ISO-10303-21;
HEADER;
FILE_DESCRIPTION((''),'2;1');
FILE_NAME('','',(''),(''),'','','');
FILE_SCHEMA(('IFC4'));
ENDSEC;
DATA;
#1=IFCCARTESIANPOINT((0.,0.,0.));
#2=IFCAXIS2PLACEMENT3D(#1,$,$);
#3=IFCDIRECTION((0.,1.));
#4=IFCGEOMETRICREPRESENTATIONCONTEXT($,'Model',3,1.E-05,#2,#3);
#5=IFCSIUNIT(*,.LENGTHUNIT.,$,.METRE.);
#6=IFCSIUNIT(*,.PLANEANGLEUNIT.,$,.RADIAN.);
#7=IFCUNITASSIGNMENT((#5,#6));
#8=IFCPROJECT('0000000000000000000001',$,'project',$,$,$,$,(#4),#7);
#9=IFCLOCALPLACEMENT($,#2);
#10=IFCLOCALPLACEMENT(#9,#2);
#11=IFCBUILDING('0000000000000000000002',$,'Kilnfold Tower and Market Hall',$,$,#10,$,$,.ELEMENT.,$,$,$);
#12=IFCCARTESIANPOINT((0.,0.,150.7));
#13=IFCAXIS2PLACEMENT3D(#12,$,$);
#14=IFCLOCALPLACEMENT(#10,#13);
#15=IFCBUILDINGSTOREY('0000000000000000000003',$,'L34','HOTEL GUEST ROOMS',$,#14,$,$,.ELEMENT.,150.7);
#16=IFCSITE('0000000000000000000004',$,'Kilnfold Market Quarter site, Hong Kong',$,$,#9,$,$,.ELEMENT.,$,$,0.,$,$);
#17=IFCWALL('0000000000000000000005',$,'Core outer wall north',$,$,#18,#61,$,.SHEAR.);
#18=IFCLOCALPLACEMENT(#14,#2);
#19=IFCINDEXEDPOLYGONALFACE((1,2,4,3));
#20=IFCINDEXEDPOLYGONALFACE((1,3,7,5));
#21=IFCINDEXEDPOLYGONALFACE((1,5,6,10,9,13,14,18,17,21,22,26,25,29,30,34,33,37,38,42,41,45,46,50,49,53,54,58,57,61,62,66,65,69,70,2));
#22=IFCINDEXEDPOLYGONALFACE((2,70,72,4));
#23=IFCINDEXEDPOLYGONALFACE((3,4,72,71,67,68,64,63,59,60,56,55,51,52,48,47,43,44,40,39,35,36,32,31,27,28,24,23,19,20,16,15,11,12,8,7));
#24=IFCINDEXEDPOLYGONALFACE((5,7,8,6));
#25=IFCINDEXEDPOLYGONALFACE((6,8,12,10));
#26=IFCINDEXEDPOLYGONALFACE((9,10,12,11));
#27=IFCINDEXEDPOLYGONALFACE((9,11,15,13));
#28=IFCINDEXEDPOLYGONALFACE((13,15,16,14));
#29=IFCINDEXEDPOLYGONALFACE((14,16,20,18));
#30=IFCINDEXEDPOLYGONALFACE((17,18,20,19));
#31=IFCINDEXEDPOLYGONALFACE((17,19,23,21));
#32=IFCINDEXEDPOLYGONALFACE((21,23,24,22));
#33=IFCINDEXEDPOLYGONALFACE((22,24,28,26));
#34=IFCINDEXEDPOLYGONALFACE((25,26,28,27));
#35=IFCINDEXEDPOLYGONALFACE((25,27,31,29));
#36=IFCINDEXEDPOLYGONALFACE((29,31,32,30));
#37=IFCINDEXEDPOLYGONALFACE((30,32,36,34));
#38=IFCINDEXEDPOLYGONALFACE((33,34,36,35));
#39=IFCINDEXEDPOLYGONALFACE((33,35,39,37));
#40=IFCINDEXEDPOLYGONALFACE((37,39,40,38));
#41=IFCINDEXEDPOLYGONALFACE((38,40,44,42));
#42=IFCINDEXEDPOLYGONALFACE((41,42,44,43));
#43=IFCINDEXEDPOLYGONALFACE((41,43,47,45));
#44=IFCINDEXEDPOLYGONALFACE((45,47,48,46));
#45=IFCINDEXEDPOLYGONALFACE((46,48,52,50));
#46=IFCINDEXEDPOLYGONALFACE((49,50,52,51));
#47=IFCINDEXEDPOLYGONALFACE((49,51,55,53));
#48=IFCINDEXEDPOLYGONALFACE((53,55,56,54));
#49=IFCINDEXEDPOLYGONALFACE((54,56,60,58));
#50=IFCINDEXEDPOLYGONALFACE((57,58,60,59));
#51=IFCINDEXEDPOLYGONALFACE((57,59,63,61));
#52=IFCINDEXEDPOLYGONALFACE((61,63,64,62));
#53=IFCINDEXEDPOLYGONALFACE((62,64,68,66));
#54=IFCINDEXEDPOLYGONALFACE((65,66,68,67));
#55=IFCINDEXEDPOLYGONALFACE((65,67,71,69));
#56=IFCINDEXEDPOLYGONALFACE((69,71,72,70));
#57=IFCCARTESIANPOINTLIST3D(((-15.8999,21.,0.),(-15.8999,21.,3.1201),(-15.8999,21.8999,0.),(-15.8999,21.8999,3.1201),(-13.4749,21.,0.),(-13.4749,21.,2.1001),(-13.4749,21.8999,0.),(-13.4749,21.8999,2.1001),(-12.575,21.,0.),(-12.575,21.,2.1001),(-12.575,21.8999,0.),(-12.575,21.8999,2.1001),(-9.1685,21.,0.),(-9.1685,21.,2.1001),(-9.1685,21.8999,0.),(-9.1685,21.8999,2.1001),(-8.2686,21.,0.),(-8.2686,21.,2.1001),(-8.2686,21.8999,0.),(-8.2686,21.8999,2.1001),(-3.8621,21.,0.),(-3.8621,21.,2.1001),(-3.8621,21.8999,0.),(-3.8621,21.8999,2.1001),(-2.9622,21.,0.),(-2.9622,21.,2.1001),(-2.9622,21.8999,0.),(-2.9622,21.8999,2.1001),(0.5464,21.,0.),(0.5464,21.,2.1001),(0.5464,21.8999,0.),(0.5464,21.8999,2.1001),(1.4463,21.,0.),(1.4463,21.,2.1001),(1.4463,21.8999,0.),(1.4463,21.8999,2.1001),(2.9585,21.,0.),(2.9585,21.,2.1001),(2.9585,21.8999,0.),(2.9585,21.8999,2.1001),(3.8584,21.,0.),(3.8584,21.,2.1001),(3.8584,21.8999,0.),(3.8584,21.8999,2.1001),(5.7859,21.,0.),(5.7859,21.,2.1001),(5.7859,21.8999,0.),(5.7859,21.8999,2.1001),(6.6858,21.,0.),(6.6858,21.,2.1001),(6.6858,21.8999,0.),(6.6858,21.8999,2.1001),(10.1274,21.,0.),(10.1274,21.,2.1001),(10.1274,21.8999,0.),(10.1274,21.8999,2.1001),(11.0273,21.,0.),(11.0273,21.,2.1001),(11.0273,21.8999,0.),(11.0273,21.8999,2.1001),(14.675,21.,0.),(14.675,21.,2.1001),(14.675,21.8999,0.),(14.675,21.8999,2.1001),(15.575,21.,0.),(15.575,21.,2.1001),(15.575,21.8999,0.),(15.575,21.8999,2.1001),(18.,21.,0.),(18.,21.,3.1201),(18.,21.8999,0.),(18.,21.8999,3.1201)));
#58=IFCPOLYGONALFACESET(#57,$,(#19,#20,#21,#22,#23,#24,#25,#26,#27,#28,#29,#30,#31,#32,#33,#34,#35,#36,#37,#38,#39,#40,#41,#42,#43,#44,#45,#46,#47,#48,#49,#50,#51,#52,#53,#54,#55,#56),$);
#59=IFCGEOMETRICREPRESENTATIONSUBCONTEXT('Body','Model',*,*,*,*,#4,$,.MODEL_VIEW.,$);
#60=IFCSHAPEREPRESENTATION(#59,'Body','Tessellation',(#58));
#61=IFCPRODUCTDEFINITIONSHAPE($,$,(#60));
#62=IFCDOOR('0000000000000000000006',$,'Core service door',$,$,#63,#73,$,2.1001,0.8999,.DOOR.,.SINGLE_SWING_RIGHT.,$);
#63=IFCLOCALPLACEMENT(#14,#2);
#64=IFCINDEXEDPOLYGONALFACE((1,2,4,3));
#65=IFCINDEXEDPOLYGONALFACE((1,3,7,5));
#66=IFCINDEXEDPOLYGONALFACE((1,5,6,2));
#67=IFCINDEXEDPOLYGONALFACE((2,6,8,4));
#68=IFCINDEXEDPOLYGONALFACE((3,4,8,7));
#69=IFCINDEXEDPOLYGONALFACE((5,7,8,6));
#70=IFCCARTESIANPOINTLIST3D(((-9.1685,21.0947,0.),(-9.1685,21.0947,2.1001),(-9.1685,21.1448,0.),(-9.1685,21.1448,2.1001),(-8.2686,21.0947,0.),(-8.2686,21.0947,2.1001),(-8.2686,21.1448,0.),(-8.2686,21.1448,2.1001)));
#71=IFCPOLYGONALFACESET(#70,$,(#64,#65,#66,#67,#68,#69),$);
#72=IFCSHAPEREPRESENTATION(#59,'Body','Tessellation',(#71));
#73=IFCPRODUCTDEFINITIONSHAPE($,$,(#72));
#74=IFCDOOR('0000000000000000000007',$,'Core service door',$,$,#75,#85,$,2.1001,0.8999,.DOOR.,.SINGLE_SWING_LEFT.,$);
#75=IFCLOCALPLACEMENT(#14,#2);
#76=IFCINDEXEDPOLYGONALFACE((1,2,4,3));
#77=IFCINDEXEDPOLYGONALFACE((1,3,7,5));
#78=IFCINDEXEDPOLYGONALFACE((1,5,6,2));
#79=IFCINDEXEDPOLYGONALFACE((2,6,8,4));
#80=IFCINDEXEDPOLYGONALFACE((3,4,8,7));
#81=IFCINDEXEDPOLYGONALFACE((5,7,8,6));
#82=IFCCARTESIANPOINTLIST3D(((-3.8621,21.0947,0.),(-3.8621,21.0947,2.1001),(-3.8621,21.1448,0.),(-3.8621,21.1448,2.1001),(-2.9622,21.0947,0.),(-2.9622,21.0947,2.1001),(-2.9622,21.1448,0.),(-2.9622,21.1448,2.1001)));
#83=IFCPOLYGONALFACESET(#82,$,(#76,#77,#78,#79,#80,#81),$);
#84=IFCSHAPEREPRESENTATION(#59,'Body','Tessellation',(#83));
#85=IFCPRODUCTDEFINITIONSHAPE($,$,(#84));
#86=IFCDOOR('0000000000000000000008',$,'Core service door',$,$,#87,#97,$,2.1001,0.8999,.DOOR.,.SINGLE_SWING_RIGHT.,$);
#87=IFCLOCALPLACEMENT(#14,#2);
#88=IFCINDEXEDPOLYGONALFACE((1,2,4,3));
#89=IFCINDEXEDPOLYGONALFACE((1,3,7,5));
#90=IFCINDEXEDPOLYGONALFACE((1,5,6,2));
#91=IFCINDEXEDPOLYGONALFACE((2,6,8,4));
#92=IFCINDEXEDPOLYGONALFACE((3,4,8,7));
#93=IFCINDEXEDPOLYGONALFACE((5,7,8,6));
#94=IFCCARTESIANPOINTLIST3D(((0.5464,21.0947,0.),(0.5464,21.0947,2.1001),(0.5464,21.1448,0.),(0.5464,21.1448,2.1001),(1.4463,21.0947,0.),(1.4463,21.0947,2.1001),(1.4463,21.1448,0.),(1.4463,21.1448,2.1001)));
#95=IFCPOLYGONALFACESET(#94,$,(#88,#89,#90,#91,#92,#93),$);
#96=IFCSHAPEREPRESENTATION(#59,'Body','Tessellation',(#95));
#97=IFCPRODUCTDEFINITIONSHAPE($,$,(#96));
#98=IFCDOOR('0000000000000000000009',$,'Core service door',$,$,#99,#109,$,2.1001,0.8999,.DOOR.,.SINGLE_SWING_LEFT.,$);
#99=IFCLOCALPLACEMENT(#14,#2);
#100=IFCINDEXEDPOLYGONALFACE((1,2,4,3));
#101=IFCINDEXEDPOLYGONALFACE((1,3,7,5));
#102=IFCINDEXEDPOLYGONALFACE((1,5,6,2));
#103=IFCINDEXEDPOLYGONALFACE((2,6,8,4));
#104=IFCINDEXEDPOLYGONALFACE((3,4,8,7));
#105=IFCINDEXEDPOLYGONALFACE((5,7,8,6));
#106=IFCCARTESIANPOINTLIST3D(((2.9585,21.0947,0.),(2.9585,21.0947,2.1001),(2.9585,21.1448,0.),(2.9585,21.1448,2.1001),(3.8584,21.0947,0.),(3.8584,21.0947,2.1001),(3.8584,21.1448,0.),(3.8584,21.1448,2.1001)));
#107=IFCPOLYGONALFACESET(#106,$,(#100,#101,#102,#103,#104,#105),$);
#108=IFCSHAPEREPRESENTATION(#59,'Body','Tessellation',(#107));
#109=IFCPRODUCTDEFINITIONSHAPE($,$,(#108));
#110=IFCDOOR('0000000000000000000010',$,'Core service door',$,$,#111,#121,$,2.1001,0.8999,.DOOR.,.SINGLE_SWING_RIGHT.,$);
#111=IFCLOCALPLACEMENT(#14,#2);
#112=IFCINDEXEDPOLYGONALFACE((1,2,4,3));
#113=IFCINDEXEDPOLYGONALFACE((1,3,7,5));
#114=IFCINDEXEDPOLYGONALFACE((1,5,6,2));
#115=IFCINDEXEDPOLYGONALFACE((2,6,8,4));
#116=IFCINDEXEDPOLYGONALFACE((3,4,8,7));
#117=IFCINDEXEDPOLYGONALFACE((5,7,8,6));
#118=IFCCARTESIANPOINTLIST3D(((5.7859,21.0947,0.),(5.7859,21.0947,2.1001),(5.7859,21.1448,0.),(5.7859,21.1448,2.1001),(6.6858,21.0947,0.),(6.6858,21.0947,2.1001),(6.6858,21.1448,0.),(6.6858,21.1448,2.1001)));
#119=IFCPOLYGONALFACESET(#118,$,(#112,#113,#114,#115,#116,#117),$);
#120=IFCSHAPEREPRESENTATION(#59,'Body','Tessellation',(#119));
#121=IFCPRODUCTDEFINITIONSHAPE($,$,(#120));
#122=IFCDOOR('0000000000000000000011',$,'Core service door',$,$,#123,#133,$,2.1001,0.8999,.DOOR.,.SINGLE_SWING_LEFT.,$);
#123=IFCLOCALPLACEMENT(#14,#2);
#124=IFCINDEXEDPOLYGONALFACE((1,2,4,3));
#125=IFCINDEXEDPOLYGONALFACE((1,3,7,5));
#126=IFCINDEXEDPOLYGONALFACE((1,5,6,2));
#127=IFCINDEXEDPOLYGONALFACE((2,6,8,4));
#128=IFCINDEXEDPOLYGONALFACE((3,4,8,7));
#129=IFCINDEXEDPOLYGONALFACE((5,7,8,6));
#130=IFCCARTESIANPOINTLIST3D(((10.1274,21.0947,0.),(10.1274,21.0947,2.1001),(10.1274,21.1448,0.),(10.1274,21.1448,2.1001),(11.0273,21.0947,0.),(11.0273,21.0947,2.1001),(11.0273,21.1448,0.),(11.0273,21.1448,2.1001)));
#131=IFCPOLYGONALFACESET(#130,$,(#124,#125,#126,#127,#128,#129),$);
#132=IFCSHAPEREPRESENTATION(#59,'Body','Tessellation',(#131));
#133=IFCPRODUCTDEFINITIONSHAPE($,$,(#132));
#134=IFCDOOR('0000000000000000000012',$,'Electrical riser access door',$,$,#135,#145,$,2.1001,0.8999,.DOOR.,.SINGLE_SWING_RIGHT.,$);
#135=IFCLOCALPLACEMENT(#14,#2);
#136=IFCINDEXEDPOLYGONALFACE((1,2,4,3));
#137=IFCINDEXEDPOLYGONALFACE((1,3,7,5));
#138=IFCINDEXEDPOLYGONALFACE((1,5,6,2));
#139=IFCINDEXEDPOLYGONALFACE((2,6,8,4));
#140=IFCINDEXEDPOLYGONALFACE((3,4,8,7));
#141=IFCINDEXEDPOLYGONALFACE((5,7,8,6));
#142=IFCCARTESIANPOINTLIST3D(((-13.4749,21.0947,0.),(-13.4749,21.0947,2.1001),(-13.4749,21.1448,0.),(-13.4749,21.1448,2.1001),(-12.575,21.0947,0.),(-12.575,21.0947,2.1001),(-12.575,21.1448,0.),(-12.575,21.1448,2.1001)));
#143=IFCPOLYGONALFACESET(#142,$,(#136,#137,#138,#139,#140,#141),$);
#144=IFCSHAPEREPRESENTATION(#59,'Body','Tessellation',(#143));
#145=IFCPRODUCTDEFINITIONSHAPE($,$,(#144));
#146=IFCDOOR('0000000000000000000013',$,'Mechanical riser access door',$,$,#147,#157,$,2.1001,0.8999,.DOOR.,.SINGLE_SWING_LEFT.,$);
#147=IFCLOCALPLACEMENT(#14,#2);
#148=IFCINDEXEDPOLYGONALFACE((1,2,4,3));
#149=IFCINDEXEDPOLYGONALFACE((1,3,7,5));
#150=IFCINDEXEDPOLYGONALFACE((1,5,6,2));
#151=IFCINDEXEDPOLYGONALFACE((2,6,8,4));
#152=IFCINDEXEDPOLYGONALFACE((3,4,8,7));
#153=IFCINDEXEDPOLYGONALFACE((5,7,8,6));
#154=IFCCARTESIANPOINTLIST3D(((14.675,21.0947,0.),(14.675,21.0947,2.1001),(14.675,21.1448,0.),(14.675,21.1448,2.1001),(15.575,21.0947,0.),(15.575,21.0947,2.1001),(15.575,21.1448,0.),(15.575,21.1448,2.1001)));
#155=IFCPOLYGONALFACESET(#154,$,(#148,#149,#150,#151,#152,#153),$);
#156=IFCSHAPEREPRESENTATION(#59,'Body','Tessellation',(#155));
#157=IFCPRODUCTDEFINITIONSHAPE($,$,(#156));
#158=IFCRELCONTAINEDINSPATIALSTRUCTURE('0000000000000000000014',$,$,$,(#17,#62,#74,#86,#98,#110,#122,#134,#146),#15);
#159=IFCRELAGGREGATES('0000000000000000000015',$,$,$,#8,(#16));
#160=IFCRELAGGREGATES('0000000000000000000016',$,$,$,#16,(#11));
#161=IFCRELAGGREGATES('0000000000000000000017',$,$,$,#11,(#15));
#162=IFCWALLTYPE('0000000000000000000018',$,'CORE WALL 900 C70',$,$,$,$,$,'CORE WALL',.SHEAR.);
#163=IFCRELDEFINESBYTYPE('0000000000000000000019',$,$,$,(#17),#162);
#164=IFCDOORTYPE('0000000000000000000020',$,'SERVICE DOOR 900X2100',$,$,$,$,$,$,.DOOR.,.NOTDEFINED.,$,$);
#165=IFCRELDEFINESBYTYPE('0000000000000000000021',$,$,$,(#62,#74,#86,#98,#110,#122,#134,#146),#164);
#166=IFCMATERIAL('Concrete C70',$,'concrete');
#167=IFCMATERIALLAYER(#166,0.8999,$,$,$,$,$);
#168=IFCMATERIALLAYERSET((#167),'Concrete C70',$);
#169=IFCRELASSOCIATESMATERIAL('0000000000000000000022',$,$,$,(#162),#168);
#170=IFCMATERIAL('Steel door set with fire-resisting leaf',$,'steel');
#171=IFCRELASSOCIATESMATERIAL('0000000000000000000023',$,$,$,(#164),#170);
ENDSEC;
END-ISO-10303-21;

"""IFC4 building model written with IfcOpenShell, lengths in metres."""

from ifc_helpers import new_model, si_unit, direction, frame, frame_2d, origin, place, context, subcontext, project, spatial, rectangle, extrude, source, transform, mapped, material, layer, layer_set, type_object, element, fill, save


model = new_model("IFC4")

# Units and contexts
model_context = context("Model", 3, precision=1e-05, world=origin(), true_north=direction((0.0, 1.0)))
body_context = subcontext(model_context, "Body", "Model", "MODEL_VIEW")
ifc_project = project(units=[si_unit("LENGTHUNIT", "METRE"), si_unit("PLANEANGLEUNIT", "RADIAN")], contexts=[model_context])

# Site, building, storey
site_placement = place(None, origin())
site = spatial("IfcSite", under=ifc_project, at=site_placement, Name="Kilnfold Market Quarter site, Hong Kong", CompositionType="ELEMENT", RefElevation=0.0)
building_placement = place(site_placement, origin())
building = spatial("IfcBuilding", under=site, at=building_placement, Name="Kilnfold Tower and Market Hall", CompositionType="ELEMENT")
storey_placement = place(building_placement, frame((0.0, 0.0, 150.7)))
storey = spatial("IfcBuildingStorey", under=building, at=storey_placement, Name="L34", Description="HOTEL GUEST ROOMS", CompositionType="ELEMENT", Elevation=150.7)

# Wall, openings, doors
ifc_material_1 = material(Name="Concrete C70", Category="concrete")
ifc_layer_1 = layer(ifc_material_1, 0.8999)
ifc_layer_set_1 = layer_set([ifc_layer_1], Name="Concrete C70")
wall_type_1 = type_object("IfcWallType", Name="CORE WALL 900 C70", ElementType="CORE WALL", PredefinedType="SHEAR", material=ifc_layer_set_1)
shared_shape_1 = source(origin(), body_context, "Body", "SweptSolid", [
    extrude(rectangle(XDim=33.8999, YDim=0.8999, at=frame_2d((16.95, 0.0))), origin(), (0.0, 0.0, 1.0), 3.1201),
])
wall_1_placement = place(storey_placement, frame((-15.8999, 21.45, 0.0), z_axis=(0.0, 0.0, 1.0), x_axis=(1.0, 0.0, 0.0)))
wall_1 = element("IfcWall", 1, at=wall_1_placement, inside=storey, type_object=wall_type_1, Name="Core outer wall north", PredefinedType="SHEAR", context=body_context, shape_type="MappedRepresentation", body=[
    mapped(shared_shape_1, transform((0.0, 0.0, 0.0))),
])
opening_1_placement = place(wall_1_placement, frame((6.7314, 0.0, 0.0)))
opening_1 = element("IfcOpeningElement", 2, at=opening_1_placement, cuts=wall_1, PredefinedType="OPENING", context=body_context, shape_type="SweptSolid", body=[
    extrude(rectangle(XDim=0.8999, YDim=2.1001, at=frame_2d((0.45, 1.05))), frame((0.0, 0.46, 0.0), z_axis=(0.0, -1.0, 0.0), x_axis=(1.0, 0.0, 0.0)), (0.0, 0.0, 1.0), 0.9199),
])
opening_2_placement = place(wall_1_placement, frame((12.0378, 0.0, 0.0)))
opening_2 = element("IfcOpeningElement", 3, at=opening_2_placement, cuts=wall_1, PredefinedType="OPENING", context=body_context, shape_type="SweptSolid", body=[
    extrude(rectangle(XDim=0.8999, YDim=2.1001, at=frame_2d((0.45, 1.05))), frame((0.0, 0.46, 0.0), z_axis=(0.0, -1.0, 0.0), x_axis=(1.0, 0.0, 0.0)), (0.0, 0.0, 1.0), 0.9199),
])
opening_3_placement = place(wall_1_placement, frame((16.4463, 0.0, 0.0)))
opening_3 = element("IfcOpeningElement", 4, at=opening_3_placement, cuts=wall_1, PredefinedType="OPENING", context=body_context, shape_type="SweptSolid", body=[
    extrude(rectangle(XDim=0.8999, YDim=2.1001, at=frame_2d((0.45, 1.05))), frame((0.0, 0.46, 0.0), z_axis=(0.0, -1.0, 0.0), x_axis=(1.0, 0.0, 0.0)), (0.0, 0.0, 1.0), 0.9199),
])
opening_4_placement = place(wall_1_placement, frame((18.8584, 0.0, 0.0)))
opening_4 = element("IfcOpeningElement", 5, at=opening_4_placement, cuts=wall_1, PredefinedType="OPENING", context=body_context, shape_type="SweptSolid", body=[
    extrude(rectangle(XDim=0.8999, YDim=2.1001, at=frame_2d((0.45, 1.05))), frame((0.0, 0.46, 0.0), z_axis=(0.0, -1.0, 0.0), x_axis=(1.0, 0.0, 0.0)), (0.0, 0.0, 1.0), 0.9199),
])
opening_5_placement = place(wall_1_placement, frame((21.6858, 0.0, 0.0)))
opening_5 = element("IfcOpeningElement", 6, at=opening_5_placement, cuts=wall_1, PredefinedType="OPENING", context=body_context, shape_type="SweptSolid", body=[
    extrude(rectangle(XDim=0.8999, YDim=2.1001, at=frame_2d((0.45, 1.05))), frame((0.0, 0.46, 0.0), z_axis=(0.0, -1.0, 0.0), x_axis=(1.0, 0.0, 0.0)), (0.0, 0.0, 1.0), 0.9199),
])
opening_6_placement = place(wall_1_placement, frame((26.0273, 0.0, 0.0)))
opening_6 = element("IfcOpeningElement", 7, at=opening_6_placement, cuts=wall_1, PredefinedType="OPENING", context=body_context, shape_type="SweptSolid", body=[
    extrude(rectangle(XDim=0.8999, YDim=2.1001, at=frame_2d((0.45, 1.05))), frame((0.0, 0.46, 0.0), z_axis=(0.0, -1.0, 0.0), x_axis=(1.0, 0.0, 0.0)), (0.0, 0.0, 1.0), 0.9199),
])
opening_7_placement = place(wall_1_placement, frame((2.425, 0.0, 0.0)))
opening_7 = element("IfcOpeningElement", 8, at=opening_7_placement, cuts=wall_1, PredefinedType="OPENING", context=body_context, shape_type="SweptSolid", body=[
    extrude(rectangle(XDim=0.8999, YDim=2.1001, at=frame_2d((0.45, 1.05))), frame((0.0, 0.46, 0.0), z_axis=(0.0, -1.0, 0.0), x_axis=(1.0, 0.0, 0.0)), (0.0, 0.0, 1.0), 0.9199),
])
opening_8_placement = place(wall_1_placement, frame((30.575, 0.0, 0.0)))
opening_8 = element("IfcOpeningElement", 9, at=opening_8_placement, cuts=wall_1, PredefinedType="OPENING", context=body_context, shape_type="SweptSolid", body=[
    extrude(rectangle(XDim=0.8999, YDim=2.1001, at=frame_2d((0.45, 1.05))), frame((0.0, 0.46, 0.0), z_axis=(0.0, -1.0, 0.0), x_axis=(1.0, 0.0, 0.0)), (0.0, 0.0, 1.0), 0.9199),
])
ifc_material_2 = material(Name="Steel door set with fire-resisting leaf", Category="steel")
door_type_1 = type_object("IfcDoorType", Name="SERVICE DOOR 900X2100", OperationType="NOTDEFINED", PredefinedType="DOOR", material=ifc_material_2)
door_1_placement = place(opening_1_placement, origin())
door_1 = element("IfcDoor", 10, at=door_1_placement, inside=storey, type_object=door_type_1, Name="Core service door", OperationType="SINGLE_SWING_RIGHT", OverallHeight=2.1001, OverallWidth=0.8999, PredefinedType="DOOR", context=body_context, shape_type="SweptSolid", body=[
    extrude(rectangle(XDim=0.8999, YDim=2.1001, at=frame_2d((0.45, 1.05))), frame((0.0, -0.3052, 0.0), z_axis=(0.0, -1.0, 0.0), x_axis=(1.0, 0.0, 0.0)), (0.0, 0.0, 1.0), 0.05),
])
fill(opening_1, door_1)
door_2_placement = place(opening_2_placement, origin())
door_2 = element("IfcDoor", 11, at=door_2_placement, inside=storey, type_object=door_type_1, Name="Core service door", OperationType="SINGLE_SWING_LEFT", OverallHeight=2.1001, OverallWidth=0.8999, PredefinedType="DOOR", context=body_context, shape_type="SweptSolid", body=[
    extrude(rectangle(XDim=0.8999, YDim=2.1001, at=frame_2d((0.45, 1.05))), frame((0.0, -0.3052, 0.0), z_axis=(0.0, -1.0, 0.0), x_axis=(1.0, 0.0, 0.0)), (0.0, 0.0, 1.0), 0.05),
])
fill(opening_2, door_2)
door_3_placement = place(opening_3_placement, origin())
door_3 = element("IfcDoor", 12, at=door_3_placement, inside=storey, type_object=door_type_1, Name="Core service door", OperationType="SINGLE_SWING_RIGHT", OverallHeight=2.1001, OverallWidth=0.8999, PredefinedType="DOOR", context=body_context, shape_type="SweptSolid", body=[
    extrude(rectangle(XDim=0.8999, YDim=2.1001, at=frame_2d((0.45, 1.05))), frame((0.0, -0.3052, 0.0), z_axis=(0.0, -1.0, 0.0), x_axis=(1.0, 0.0, 0.0)), (0.0, 0.0, 1.0), 0.05),
])
fill(opening_3, door_3)
door_4_placement = place(opening_4_placement, origin())
door_4 = element("IfcDoor", 13, at=door_4_placement, inside=storey, type_object=door_type_1, Name="Core service door", OperationType="SINGLE_SWING_LEFT", OverallHeight=2.1001, OverallWidth=0.8999, PredefinedType="DOOR", context=body_context, shape_type="SweptSolid", body=[
    extrude(rectangle(XDim=0.8999, YDim=2.1001, at=frame_2d((0.45, 1.05))), frame((0.0, -0.3052, 0.0), z_axis=(0.0, -1.0, 0.0), x_axis=(1.0, 0.0, 0.0)), (0.0, 0.0, 1.0), 0.05),
])
fill(opening_4, door_4)
door_5_placement = place(opening_5_placement, origin())
door_5 = element("IfcDoor", 14, at=door_5_placement, inside=storey, type_object=door_type_1, Name="Core service door", OperationType="SINGLE_SWING_RIGHT", OverallHeight=2.1001, OverallWidth=0.8999, PredefinedType="DOOR", context=body_context, shape_type="SweptSolid", body=[
    extrude(rectangle(XDim=0.8999, YDim=2.1001, at=frame_2d((0.45, 1.05))), frame((0.0, -0.3052, 0.0), z_axis=(0.0, -1.0, 0.0), x_axis=(1.0, 0.0, 0.0)), (0.0, 0.0, 1.0), 0.05),
])
fill(opening_5, door_5)
door_6_placement = place(opening_6_placement, origin())
door_6 = element("IfcDoor", 15, at=door_6_placement, inside=storey, type_object=door_type_1, Name="Core service door", OperationType="SINGLE_SWING_LEFT", OverallHeight=2.1001, OverallWidth=0.8999, PredefinedType="DOOR", context=body_context, shape_type="SweptSolid", body=[
    extrude(rectangle(XDim=0.8999, YDim=2.1001, at=frame_2d((0.45, 1.05))), frame((0.0, -0.3052, 0.0), z_axis=(0.0, -1.0, 0.0), x_axis=(1.0, 0.0, 0.0)), (0.0, 0.0, 1.0), 0.05),
])
fill(opening_6, door_6)
door_7_placement = place(opening_7_placement, origin())
door_7 = element("IfcDoor", 16, at=door_7_placement, inside=storey, type_object=door_type_1, Name="Electrical riser access door", OperationType="SINGLE_SWING_RIGHT", OverallHeight=2.1001, OverallWidth=0.8999, PredefinedType="DOOR", context=body_context, shape_type="SweptSolid", body=[
    extrude(rectangle(XDim=0.8999, YDim=2.1001, at=frame_2d((0.45, 1.05))), frame((0.0, -0.3052, 0.0), z_axis=(0.0, -1.0, 0.0), x_axis=(1.0, 0.0, 0.0)), (0.0, 0.0, 1.0), 0.05),
])
fill(opening_7, door_7)
door_8_placement = place(opening_8_placement, origin())
door_8 = element("IfcDoor", 17, at=door_8_placement, inside=storey, type_object=door_type_1, Name="Mechanical riser access door", OperationType="SINGLE_SWING_LEFT", OverallHeight=2.1001, OverallWidth=0.8999, PredefinedType="DOOR", context=body_context, shape_type="SweptSolid", body=[
    extrude(rectangle(XDim=0.8999, YDim=2.1001, at=frame_2d((0.45, 1.05))), frame((0.0, -0.3052, 0.0), z_axis=(0.0, -1.0, 0.0), x_axis=(1.0, 0.0, 0.0)), (0.0, 0.0, 1.0), 0.05),
])
fill(opening_8, door_8)

save(model, "model.ifc")
